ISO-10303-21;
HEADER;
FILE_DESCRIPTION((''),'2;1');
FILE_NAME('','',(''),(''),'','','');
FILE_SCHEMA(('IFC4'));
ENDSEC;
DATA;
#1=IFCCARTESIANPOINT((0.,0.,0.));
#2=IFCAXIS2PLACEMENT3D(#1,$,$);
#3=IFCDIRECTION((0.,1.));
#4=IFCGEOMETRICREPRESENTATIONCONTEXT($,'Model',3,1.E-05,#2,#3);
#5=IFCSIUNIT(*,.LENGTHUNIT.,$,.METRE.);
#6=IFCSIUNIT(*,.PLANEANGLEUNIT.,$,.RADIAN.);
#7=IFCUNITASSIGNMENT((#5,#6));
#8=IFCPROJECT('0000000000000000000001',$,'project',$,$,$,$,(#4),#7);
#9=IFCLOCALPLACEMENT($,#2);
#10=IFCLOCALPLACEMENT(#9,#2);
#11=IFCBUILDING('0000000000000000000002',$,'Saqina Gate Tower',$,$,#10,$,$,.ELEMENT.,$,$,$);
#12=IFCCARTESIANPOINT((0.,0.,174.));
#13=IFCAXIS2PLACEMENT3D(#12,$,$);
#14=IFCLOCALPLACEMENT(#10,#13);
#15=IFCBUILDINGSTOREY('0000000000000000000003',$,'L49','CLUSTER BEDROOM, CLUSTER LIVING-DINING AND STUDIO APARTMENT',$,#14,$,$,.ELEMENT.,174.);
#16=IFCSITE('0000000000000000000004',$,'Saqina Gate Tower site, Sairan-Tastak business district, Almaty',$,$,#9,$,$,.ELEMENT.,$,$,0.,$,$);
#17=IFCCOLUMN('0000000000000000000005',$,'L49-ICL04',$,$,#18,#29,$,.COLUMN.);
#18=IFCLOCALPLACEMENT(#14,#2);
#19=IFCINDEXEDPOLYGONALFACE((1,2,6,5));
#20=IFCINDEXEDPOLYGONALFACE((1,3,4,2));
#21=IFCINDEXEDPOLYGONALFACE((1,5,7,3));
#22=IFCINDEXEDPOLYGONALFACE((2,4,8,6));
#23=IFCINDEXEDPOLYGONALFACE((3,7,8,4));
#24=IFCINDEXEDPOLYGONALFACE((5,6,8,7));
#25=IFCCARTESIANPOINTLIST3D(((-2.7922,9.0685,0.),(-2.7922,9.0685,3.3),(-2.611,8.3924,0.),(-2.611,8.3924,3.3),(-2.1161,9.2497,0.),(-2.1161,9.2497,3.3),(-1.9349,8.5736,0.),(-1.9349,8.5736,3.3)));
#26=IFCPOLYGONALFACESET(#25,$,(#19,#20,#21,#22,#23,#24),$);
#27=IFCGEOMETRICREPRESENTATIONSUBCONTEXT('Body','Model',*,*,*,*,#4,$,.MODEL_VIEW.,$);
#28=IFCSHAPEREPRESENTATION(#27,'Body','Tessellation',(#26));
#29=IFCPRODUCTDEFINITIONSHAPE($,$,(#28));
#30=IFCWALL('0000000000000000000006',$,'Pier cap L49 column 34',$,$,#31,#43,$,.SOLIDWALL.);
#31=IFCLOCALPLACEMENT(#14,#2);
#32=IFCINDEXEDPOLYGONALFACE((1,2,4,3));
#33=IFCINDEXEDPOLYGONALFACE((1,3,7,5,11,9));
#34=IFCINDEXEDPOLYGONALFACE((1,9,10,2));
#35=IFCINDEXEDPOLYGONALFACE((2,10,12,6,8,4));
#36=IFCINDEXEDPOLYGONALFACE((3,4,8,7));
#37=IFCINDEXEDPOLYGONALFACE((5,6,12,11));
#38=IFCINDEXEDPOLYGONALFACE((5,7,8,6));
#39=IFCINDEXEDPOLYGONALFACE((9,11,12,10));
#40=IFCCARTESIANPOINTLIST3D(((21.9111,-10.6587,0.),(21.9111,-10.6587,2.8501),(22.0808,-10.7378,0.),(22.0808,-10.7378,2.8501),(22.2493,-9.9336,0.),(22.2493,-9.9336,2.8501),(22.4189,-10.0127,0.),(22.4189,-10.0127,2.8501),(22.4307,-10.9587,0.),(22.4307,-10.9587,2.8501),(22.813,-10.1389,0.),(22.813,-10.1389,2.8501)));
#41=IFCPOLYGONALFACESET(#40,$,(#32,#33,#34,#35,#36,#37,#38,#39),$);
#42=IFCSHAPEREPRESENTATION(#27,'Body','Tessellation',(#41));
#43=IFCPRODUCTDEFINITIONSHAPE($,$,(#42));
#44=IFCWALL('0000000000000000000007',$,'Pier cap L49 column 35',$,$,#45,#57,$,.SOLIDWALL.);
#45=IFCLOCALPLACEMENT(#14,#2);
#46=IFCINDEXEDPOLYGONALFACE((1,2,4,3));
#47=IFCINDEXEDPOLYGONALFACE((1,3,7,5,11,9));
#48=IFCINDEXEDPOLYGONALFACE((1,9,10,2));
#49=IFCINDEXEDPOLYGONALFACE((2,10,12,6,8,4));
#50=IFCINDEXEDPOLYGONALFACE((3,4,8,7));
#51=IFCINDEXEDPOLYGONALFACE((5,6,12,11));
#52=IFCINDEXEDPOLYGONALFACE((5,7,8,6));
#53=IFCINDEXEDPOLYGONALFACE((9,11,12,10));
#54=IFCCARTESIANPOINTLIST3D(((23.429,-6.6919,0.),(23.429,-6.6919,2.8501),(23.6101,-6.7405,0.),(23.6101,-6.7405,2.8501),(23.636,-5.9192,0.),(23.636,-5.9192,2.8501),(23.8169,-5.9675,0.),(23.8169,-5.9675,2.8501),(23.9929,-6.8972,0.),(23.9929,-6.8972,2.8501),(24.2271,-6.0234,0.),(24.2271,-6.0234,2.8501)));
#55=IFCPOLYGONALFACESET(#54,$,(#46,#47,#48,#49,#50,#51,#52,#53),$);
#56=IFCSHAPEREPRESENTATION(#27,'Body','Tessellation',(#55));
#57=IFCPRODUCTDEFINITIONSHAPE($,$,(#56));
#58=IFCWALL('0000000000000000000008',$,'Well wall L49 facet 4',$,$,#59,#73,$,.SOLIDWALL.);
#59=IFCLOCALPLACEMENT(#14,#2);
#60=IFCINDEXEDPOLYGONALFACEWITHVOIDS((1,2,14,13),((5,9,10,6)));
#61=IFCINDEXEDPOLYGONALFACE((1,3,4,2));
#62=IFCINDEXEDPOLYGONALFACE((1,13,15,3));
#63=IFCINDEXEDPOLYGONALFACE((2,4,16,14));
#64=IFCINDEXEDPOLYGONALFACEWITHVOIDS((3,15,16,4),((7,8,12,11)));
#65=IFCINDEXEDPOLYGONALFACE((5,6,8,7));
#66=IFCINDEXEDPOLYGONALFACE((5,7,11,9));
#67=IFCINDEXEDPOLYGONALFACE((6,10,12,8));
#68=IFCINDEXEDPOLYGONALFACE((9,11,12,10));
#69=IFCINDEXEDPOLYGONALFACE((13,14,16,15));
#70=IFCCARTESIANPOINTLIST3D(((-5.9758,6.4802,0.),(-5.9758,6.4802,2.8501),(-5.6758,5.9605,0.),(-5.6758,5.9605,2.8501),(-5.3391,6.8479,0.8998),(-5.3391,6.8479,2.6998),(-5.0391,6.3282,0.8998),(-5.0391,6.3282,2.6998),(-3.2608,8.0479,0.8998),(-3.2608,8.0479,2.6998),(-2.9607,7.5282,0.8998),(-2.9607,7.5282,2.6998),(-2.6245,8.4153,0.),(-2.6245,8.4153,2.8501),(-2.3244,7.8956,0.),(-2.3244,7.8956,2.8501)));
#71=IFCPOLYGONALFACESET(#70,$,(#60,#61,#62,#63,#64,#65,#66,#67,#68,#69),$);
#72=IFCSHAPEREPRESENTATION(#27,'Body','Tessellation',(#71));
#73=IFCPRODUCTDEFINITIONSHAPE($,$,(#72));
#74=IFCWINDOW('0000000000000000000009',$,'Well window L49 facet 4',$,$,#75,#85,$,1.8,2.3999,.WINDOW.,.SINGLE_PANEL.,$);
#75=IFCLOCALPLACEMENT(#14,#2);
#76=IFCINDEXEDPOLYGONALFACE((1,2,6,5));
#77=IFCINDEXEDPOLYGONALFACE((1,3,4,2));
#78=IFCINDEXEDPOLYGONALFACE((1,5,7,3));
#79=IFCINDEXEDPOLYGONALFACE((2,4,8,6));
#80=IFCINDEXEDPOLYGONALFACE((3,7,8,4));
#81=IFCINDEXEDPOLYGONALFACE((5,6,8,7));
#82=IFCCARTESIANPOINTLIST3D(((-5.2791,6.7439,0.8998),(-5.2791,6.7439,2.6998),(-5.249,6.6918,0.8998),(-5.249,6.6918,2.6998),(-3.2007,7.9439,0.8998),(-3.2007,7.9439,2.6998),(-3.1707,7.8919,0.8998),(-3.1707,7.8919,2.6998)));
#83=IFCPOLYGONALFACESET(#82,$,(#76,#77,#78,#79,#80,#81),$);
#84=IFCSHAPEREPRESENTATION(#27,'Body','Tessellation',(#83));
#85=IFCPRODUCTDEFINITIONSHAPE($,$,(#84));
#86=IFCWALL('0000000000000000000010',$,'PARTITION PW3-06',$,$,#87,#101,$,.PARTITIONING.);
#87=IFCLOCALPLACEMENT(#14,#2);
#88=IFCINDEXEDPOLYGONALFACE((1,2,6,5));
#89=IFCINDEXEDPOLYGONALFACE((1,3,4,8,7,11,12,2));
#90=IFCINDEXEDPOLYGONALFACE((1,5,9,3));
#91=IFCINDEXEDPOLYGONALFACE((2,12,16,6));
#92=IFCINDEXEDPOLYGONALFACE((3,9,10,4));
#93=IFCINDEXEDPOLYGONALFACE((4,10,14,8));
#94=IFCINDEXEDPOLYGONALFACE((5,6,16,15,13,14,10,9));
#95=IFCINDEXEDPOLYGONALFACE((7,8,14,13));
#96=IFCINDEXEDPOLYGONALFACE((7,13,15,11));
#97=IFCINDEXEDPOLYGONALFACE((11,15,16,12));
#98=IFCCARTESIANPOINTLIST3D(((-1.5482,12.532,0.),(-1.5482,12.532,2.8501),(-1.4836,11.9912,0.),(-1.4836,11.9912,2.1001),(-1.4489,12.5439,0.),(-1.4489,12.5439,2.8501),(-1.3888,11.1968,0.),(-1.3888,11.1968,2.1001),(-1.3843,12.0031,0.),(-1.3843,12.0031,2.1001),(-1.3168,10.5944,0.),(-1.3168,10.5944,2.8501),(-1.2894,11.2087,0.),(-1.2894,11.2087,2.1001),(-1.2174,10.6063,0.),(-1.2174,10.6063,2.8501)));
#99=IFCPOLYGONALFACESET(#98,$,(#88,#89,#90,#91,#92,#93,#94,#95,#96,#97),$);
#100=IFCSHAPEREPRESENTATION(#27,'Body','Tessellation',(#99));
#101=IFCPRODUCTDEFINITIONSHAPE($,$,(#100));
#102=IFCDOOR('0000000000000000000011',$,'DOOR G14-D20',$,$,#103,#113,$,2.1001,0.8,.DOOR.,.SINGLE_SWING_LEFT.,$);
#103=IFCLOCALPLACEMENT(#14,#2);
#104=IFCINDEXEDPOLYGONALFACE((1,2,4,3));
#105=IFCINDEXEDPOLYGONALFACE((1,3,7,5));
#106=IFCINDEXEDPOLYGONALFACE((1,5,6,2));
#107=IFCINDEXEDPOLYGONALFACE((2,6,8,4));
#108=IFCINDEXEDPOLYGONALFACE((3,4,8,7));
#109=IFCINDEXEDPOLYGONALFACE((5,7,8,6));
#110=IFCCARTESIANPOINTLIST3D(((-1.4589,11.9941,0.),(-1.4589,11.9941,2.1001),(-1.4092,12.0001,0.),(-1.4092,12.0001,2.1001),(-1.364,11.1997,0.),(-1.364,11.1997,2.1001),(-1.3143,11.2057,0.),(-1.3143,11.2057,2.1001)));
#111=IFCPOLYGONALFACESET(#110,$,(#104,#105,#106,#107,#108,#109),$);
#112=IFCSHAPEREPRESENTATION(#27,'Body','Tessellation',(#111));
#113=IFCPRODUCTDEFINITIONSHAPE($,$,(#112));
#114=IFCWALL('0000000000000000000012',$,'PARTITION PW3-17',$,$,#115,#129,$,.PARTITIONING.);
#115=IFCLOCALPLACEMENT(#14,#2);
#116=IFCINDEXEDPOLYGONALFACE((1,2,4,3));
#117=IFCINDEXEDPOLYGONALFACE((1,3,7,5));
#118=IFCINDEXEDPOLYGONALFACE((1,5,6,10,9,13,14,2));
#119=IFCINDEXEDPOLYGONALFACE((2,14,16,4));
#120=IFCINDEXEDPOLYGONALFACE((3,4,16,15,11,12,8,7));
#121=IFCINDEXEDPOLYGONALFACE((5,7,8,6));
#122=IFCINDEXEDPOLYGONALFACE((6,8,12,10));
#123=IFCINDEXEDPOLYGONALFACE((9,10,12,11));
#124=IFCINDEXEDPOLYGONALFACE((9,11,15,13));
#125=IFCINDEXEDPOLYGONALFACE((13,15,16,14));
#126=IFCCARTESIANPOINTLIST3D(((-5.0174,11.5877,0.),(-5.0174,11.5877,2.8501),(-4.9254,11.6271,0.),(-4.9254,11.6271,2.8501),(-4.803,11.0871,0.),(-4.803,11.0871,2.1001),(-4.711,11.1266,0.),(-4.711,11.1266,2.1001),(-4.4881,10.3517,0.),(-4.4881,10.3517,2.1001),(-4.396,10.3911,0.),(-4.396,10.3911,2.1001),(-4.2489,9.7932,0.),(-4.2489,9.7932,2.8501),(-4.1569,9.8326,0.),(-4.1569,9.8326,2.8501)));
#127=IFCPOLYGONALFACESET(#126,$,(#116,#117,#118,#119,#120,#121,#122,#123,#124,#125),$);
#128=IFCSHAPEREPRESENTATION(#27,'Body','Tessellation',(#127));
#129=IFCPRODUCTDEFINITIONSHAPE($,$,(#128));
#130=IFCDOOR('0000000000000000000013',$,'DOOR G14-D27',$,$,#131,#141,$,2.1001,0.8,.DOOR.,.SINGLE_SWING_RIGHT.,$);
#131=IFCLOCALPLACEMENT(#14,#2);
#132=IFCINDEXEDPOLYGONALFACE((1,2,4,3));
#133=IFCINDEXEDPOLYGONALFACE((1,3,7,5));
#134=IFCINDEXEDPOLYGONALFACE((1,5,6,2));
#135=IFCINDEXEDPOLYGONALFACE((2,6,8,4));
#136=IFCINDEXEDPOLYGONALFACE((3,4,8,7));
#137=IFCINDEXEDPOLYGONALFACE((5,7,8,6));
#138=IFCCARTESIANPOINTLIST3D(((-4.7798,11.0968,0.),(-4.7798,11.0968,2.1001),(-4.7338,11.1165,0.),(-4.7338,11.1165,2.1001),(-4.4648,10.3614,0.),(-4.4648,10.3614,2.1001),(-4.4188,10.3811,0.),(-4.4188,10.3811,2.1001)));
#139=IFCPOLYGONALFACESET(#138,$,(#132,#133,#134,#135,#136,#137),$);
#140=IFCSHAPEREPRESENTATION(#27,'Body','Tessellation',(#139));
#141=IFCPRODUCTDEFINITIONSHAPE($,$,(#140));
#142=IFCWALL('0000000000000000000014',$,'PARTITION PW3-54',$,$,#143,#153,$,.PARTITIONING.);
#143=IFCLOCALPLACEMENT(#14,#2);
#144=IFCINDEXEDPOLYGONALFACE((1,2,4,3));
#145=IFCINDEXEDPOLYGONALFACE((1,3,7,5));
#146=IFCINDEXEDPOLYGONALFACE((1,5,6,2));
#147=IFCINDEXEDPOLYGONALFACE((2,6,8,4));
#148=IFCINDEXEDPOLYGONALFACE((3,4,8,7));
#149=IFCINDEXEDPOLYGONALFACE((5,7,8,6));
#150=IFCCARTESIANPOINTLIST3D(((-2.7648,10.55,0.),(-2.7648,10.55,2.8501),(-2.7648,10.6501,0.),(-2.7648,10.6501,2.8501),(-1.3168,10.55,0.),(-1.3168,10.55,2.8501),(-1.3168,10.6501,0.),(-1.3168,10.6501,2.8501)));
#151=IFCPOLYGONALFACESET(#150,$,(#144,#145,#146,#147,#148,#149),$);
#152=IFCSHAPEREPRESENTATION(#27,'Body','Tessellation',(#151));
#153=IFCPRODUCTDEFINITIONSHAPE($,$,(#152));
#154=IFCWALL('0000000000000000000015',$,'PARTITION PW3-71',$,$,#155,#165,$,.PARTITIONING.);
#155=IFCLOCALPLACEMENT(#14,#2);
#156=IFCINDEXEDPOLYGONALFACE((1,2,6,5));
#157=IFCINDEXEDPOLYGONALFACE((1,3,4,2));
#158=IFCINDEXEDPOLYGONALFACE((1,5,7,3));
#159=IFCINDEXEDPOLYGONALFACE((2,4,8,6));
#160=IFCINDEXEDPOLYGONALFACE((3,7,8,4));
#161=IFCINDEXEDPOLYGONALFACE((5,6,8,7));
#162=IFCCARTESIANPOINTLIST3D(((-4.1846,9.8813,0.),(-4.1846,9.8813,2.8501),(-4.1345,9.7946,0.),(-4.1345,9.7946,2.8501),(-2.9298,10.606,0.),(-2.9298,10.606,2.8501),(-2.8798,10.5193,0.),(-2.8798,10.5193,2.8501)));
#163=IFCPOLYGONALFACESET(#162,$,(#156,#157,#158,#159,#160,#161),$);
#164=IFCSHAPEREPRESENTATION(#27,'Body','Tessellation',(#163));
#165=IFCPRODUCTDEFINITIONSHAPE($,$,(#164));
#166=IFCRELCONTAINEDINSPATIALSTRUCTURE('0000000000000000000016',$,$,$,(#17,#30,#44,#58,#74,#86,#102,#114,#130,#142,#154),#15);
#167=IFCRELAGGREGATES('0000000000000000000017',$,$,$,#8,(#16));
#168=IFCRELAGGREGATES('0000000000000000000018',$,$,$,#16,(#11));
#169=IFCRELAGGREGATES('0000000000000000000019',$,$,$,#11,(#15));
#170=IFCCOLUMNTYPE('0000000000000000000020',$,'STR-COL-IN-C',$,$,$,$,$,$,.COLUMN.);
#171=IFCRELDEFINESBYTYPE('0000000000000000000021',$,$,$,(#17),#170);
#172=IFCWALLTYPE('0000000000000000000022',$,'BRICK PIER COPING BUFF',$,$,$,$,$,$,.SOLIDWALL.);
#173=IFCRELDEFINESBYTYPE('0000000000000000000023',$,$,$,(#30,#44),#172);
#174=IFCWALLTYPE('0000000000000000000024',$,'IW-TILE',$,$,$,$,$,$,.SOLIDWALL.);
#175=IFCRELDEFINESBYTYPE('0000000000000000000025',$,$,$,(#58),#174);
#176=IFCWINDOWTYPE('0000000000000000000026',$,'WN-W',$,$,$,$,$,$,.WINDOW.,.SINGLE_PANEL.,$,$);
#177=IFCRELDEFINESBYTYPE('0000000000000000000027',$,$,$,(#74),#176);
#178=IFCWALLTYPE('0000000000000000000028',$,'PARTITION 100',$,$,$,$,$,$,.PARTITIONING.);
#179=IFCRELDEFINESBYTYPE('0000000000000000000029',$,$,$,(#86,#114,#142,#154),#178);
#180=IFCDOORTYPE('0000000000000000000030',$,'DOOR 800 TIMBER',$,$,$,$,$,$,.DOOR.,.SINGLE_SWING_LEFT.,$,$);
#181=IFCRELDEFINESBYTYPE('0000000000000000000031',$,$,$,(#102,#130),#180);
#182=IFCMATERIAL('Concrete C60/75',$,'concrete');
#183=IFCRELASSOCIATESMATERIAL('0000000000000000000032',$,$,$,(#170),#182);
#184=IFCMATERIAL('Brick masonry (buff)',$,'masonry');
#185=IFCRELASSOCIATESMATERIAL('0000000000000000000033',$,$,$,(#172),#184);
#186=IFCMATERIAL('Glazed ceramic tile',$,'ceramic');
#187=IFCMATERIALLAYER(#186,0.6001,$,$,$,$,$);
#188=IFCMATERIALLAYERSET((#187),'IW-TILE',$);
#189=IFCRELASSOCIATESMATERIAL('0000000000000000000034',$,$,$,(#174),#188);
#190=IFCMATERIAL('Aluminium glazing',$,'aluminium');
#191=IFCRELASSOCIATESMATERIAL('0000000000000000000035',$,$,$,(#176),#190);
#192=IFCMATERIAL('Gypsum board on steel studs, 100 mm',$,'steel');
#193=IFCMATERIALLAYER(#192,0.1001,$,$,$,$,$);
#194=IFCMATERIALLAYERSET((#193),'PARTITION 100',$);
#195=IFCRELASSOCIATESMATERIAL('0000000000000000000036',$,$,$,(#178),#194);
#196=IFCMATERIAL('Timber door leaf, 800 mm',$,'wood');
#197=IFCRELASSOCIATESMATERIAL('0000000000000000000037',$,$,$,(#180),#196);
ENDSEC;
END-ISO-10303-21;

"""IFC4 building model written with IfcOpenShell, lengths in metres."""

from ifc_helpers import new_model, si_unit, direction, frame, frame_2d, origin, origin_2d, place, context, subcontext, project, spatial, polyline, rectangle, outline, extrude, material, layer, layer_set, material_profile, profile_set, type_object, element, fill, save


model = new_model("IFC4")

# Units and contexts
model_context = context("Model", 3, precision=1e-05, world=origin(), true_north=direction((0.0, 1.0)))
body_context = subcontext(model_context, "Body", "Model", "MODEL_VIEW")
ifc_project = project(units=[si_unit("LENGTHUNIT", "METRE"), si_unit("PLANEANGLEUNIT", "RADIAN")], contexts=[model_context])

# Site, building, storey
site_placement = place(None, origin())
site = spatial("IfcSite", under=ifc_project, at=site_placement, Name="Saqina Gate Tower site, Sairan-Tastak business district, Almaty", CompositionType="ELEMENT", RefElevation=0.0)
building_placement = place(site_placement, origin())
building = spatial("IfcBuilding", under=site, at=building_placement, Name="Saqina Gate Tower", CompositionType="ELEMENT")
storey_placement = place(building_placement, frame((0.0, 0.0, 174.0)))
storey = spatial("IfcBuildingStorey", under=building, at=storey_placement, Name="L49", Description="CLUSTER BEDROOM, CLUSTER LIVING-DINING AND STUDIO APARTMENT", CompositionType="ELEMENT", Elevation=174.0)

# Column
ifc_material_1 = material(Name="Concrete C60/75", Category="concrete")
ifc_material_profile = material_profile(ifc_material_1, rectangle(XDim=0.7, YDim=0.7, at=origin_2d()), Name="RC 700x700")
ifc_profile_set = profile_set([ifc_material_profile], Name="Concrete C60/75")
column_type = type_object("IfcColumnType", Name="STR-COL-IN-C", PredefinedType="COLUMN", material=ifc_profile_set)
column_placement = place(storey_placement, frame((-2.3635, 8.821, 0.0), z_axis=(0.0, 0.0, 1.0), x_axis=(-0.258819, 0.965926, 0.0)))
element("IfcColumn", 1, at=column_placement, inside=storey, type_object=column_type, Name="L49-ICL04", PredefinedType="COLUMN", context=body_context, shape_type="SweptSolid", body=[
    extrude(rectangle(XDim=0.7, YDim=0.7, at=origin_2d()), origin(), (0.0, 0.0, 1.0), 3.3),
])

# Walls
ifc_material_2 = material(Name="Brick masonry (buff)", Category="masonry")
wall_type_1 = type_object("IfcWallType", Name="BRICK PIER COPING BUFF", PredefinedType="SOLIDWALL", material=ifc_material_2)
wall_1_placement = place(storey_placement, origin())
element("IfcWall", 2, at=wall_1_placement, inside=storey, type_object=wall_type_1, Name="Pier cap L49 column 34", PredefinedType="SOLIDWALL", context=body_context, shape_type="SweptSolid", body=[
    extrude(outline(polyline([(22.813, -10.1389), (22.2493, -9.9336), (22.4189, -10.0127), (22.0808, -10.7378), (21.9111, -10.6587), (22.4307, -10.9587), (22.813, -10.1389)])), origin(), (0.0, 0.0, 1.0), 2.8501),
])
wall_2_placement = place(storey_placement, origin())
element("IfcWall", 3, at=wall_2_placement, inside=storey, type_object=wall_type_1, Name="Pier cap L49 column 35", PredefinedType="SOLIDWALL", context=body_context, shape_type="SweptSolid", body=[
    extrude(outline(polyline([(24.2271, -6.0234), (23.636, -5.9192), (23.8169, -5.9675), (23.6101, -6.7405), (23.429, -6.6919), (23.9929, -6.8972), (24.2271, -6.0234)])), origin(), (0.0, 0.0, 1.0), 2.8501),
])

# Wall, opening, window
ifc_material_3 = material(Name="Glazed ceramic tile", Category="ceramic")
ifc_layer_1 = layer(ifc_material_3, 0.6001)
ifc_layer_set_1 = layer_set([ifc_layer_1], Name="IW-TILE")
wall_type_2 = type_object("IfcWallType", Name="IW-TILE", PredefinedType="SOLIDWALL", material=ifc_layer_set_1)
wall_3_placement = place(storey_placement, frame((-2.4744, 8.1555, 0.0), z_axis=(0.0, 0.0, 1.0), x_axis=(-0.866006, -0.500034, 0.0)))
wall_3 = element("IfcWall", 4, at=wall_3_placement, inside=storey, type_object=wall_type_2, Name="Well wall L49 facet 4", PredefinedType="SOLIDWALL", context=body_context, shape_type="SweptSolid", body=[
    extrude(rectangle(XDim=3.8699, YDim=0.6001, at=frame_2d((1.9351, 0.0))), origin(), (0.0, 0.0, 1.0), 2.8501),
])
opening_1_placement = place(wall_3_placement, frame((0.7349, 0.0, 0.8999)))
opening_1 = element("IfcOpeningElement", 5, at=opening_1_placement, cuts=wall_3, PredefinedType="OPENING", context=body_context, shape_type="SweptSolid", body=[
    extrude(rectangle(XDim=2.3999, YDim=1.8, at=frame_2d((1.2, 0.8999))), frame((0.0, 0.312, 0.0), z_axis=(0.0, -1.0, 0.0), x_axis=(1.0, 0.0, 0.0)), (0.0, 0.0, 1.0), 0.624),
])
ifc_material_4 = material(Name="Aluminium glazing", Category="aluminium")
window_type = type_object("IfcWindowType", Name="WN-W", PartitioningType="SINGLE_PANEL", PredefinedType="WINDOW", material=ifc_material_4)
window_placement = place(opening_1_placement, origin())
window = element("IfcWindow", 6, at=window_placement, inside=storey, type_object=window_type, Name="Well window L49 facet 4", OverallHeight=1.8, OverallWidth=2.3999, PartitioningType="SINGLE_PANEL", PredefinedType="WINDOW", context=body_context, shape_type="SweptSolid", body=[
    extrude(rectangle(XDim=2.3999, YDim=1.8, at=frame_2d((1.2, 0.8999))), frame((0.0, -0.1199, 0.0), z_axis=(0.0, -1.0, 0.0), x_axis=(1.0, 0.0, 0.0)), (0.0, 0.0, 1.0), 0.0601),
])
fill(opening_1, window)

# Walls, openings, doors
ifc_material_5 = material(Name="Gypsum board on steel studs, 100 mm", Category="steel")
ifc_layer_2 = layer(ifc_material_5, 0.1001)
ifc_layer_set_2 = layer_set([ifc_layer_2], Name="PARTITION 100")
wall_type_3 = type_object("IfcWallType", Name="PARTITION 100", PredefinedType="PARTITIONING", material=ifc_layer_set_2)
wall_4_placement = place(storey_placement, frame((-1.4985, 12.5378, 0.0), z_axis=(0.0, 0.0, 1.0), x_axis=(0.118598, -0.992942, 0.0)))
wall_4 = element("IfcWall", 7, at=wall_4_placement, inside=storey, type_object=wall_type_3, Name="PARTITION PW3-06", PredefinedType="PARTITIONING", context=body_context, shape_type="SweptSolid", body=[
    extrude(rectangle(XDim=1.9514, YDim=0.1001, at=frame_2d((0.9756, 0.0))), origin(), (0.0, 0.0, 1.0), 2.8501),
])
opening_2_placement = place(wall_4_placement, frame((0.5447, 0.0, 0.0)))
opening_2 = element("IfcOpeningElement", 8, at=opening_2_placement, cuts=wall_4, PredefinedType="OPENING", context=body_context, shape_type="SweptSolid", body=[
    extrude(rectangle(XDim=0.8, YDim=2.1001, at=frame_2d((0.3999, 1.05))), frame((0.0, 0.062, 0.0), z_axis=(0.0, -1.0, 0.0), x_axis=(1.0, 0.0, 0.0)), (0.0, 0.0, 1.0), 0.124),
])
ifc_material_6 = material(Name="Timber door leaf, 800 mm", Category="wood")
door_type_1 = type_object("IfcDoorType", Name="DOOR 800 TIMBER", OperationType="SINGLE_SWING_LEFT", PredefinedType="DOOR", material=ifc_material_6)
door_1_placement = place(opening_2_placement, origin())
door_1 = element("IfcDoor", 9, at=door_1_placement, inside=storey, type_object=door_type_1, Name="DOOR G14-D20", OperationType="SINGLE_SWING_LEFT", OverallHeight=2.1001, OverallWidth=0.8, PredefinedType="DOOR", context=body_context, shape_type="SweptSolid", body=[
    extrude(rectangle(XDim=0.8, YDim=2.1001, at=frame_2d((0.3999, 1.05))), frame((0.0, 0.0249, 0.0), z_axis=(0.0, -1.0, 0.0), x_axis=(1.0, 0.0, 0.0)), (0.0, 0.0, 1.0), 0.05),
])
fill(opening_2, door_1)
wall_5_placement = place(storey_placement, frame((-4.9714, 11.6074, 0.0), z_axis=(0.0, 0.0, 1.0), x_axis=(0.393708, -0.919236, 0.0)))
wall_5 = element("IfcWall", 10, at=wall_5_placement, inside=storey, type_object=wall_type_3, Name="PARTITION PW3-17", PredefinedType="PARTITIONING", context=body_context, shape_type="SweptSolid", body=[
    extrude(rectangle(XDim=1.9521, YDim=0.1001, at=frame_2d((0.9761, 0.0))), origin(), (0.0, 0.0, 1.0), 2.8501),
])
opening_3_placement = place(wall_5_placement, frame((0.5447, 0.0, 0.0)))
opening_3 = element("IfcOpeningElement", 11, at=opening_3_placement, cuts=wall_5, PredefinedType="OPENING", context=body_context, shape_type="SweptSolid", body=[
    extrude(rectangle(XDim=0.8, YDim=2.1001, at=frame_2d((0.3999, 1.05))), frame((0.0, 0.062, 0.0), z_axis=(0.0, -1.0, 0.0), x_axis=(1.0, 0.0, 0.0)), (0.0, 0.0, 1.0), 0.124),
])
door_2_placement = place(opening_3_placement, frame((0.8, 0.0, 0.0), z_axis=(0.0, 0.0, 1.0), x_axis=(-1.0, 0.0, 0.0)))
door_2 = element("IfcDoor", 12, at=door_2_placement, inside=storey, type_object=door_type_1, Name="DOOR G14-D27", OperationType="SINGLE_SWING_RIGHT", OverallHeight=2.1001, OverallWidth=0.8, PredefinedType="DOOR", context=body_context, shape_type="SweptSolid", body=[
    extrude(rectangle(XDim=0.8, YDim=2.1001, at=frame_2d((0.3999, 1.05))), frame((0.0, 0.0249, 0.0), z_axis=(0.0, -1.0, 0.0), x_axis=(1.0, 0.0, 0.0)), (0.0, 0.0, 1.0), 0.05),
])
fill(opening_3, door_2)

# Walls
wall_6_placement = place(storey_placement, frame((-2.7649, 10.6001, 0.0), z_axis=(0.0, 0.0, 1.0), x_axis=(1.0, 0.0, 0.0)))
element("IfcWall", 13, at=wall_6_placement, inside=storey, type_object=wall_type_3, Name="PARTITION PW3-54", PredefinedType="PARTITIONING", context=body_context, shape_type="SweptSolid", body=[
    extrude(rectangle(XDim=1.448, YDim=0.1001, at=frame_2d((0.7241, 0.0))), origin(), (0.0, 0.0, 1.0), 2.8501),
])
wall_7_placement = place(storey_placement, frame((-4.1597, 9.8379, 0.0), z_axis=(0.0, 0.0, 1.0), x_axis=(0.865953, 0.500126, 0.0)))
element("IfcWall", 14, at=wall_7_placement, inside=storey, type_object=wall_type_3, Name="PARTITION PW3-71", PredefinedType="PARTITIONING", context=body_context, shape_type="SweptSolid", body=[
    extrude(rectangle(XDim=1.449, YDim=0.1001, at=frame_2d((0.7246, 0.0))), origin(), (0.0, 0.0, 1.0), 2.8501),
])

save(model, "model.ifc")
